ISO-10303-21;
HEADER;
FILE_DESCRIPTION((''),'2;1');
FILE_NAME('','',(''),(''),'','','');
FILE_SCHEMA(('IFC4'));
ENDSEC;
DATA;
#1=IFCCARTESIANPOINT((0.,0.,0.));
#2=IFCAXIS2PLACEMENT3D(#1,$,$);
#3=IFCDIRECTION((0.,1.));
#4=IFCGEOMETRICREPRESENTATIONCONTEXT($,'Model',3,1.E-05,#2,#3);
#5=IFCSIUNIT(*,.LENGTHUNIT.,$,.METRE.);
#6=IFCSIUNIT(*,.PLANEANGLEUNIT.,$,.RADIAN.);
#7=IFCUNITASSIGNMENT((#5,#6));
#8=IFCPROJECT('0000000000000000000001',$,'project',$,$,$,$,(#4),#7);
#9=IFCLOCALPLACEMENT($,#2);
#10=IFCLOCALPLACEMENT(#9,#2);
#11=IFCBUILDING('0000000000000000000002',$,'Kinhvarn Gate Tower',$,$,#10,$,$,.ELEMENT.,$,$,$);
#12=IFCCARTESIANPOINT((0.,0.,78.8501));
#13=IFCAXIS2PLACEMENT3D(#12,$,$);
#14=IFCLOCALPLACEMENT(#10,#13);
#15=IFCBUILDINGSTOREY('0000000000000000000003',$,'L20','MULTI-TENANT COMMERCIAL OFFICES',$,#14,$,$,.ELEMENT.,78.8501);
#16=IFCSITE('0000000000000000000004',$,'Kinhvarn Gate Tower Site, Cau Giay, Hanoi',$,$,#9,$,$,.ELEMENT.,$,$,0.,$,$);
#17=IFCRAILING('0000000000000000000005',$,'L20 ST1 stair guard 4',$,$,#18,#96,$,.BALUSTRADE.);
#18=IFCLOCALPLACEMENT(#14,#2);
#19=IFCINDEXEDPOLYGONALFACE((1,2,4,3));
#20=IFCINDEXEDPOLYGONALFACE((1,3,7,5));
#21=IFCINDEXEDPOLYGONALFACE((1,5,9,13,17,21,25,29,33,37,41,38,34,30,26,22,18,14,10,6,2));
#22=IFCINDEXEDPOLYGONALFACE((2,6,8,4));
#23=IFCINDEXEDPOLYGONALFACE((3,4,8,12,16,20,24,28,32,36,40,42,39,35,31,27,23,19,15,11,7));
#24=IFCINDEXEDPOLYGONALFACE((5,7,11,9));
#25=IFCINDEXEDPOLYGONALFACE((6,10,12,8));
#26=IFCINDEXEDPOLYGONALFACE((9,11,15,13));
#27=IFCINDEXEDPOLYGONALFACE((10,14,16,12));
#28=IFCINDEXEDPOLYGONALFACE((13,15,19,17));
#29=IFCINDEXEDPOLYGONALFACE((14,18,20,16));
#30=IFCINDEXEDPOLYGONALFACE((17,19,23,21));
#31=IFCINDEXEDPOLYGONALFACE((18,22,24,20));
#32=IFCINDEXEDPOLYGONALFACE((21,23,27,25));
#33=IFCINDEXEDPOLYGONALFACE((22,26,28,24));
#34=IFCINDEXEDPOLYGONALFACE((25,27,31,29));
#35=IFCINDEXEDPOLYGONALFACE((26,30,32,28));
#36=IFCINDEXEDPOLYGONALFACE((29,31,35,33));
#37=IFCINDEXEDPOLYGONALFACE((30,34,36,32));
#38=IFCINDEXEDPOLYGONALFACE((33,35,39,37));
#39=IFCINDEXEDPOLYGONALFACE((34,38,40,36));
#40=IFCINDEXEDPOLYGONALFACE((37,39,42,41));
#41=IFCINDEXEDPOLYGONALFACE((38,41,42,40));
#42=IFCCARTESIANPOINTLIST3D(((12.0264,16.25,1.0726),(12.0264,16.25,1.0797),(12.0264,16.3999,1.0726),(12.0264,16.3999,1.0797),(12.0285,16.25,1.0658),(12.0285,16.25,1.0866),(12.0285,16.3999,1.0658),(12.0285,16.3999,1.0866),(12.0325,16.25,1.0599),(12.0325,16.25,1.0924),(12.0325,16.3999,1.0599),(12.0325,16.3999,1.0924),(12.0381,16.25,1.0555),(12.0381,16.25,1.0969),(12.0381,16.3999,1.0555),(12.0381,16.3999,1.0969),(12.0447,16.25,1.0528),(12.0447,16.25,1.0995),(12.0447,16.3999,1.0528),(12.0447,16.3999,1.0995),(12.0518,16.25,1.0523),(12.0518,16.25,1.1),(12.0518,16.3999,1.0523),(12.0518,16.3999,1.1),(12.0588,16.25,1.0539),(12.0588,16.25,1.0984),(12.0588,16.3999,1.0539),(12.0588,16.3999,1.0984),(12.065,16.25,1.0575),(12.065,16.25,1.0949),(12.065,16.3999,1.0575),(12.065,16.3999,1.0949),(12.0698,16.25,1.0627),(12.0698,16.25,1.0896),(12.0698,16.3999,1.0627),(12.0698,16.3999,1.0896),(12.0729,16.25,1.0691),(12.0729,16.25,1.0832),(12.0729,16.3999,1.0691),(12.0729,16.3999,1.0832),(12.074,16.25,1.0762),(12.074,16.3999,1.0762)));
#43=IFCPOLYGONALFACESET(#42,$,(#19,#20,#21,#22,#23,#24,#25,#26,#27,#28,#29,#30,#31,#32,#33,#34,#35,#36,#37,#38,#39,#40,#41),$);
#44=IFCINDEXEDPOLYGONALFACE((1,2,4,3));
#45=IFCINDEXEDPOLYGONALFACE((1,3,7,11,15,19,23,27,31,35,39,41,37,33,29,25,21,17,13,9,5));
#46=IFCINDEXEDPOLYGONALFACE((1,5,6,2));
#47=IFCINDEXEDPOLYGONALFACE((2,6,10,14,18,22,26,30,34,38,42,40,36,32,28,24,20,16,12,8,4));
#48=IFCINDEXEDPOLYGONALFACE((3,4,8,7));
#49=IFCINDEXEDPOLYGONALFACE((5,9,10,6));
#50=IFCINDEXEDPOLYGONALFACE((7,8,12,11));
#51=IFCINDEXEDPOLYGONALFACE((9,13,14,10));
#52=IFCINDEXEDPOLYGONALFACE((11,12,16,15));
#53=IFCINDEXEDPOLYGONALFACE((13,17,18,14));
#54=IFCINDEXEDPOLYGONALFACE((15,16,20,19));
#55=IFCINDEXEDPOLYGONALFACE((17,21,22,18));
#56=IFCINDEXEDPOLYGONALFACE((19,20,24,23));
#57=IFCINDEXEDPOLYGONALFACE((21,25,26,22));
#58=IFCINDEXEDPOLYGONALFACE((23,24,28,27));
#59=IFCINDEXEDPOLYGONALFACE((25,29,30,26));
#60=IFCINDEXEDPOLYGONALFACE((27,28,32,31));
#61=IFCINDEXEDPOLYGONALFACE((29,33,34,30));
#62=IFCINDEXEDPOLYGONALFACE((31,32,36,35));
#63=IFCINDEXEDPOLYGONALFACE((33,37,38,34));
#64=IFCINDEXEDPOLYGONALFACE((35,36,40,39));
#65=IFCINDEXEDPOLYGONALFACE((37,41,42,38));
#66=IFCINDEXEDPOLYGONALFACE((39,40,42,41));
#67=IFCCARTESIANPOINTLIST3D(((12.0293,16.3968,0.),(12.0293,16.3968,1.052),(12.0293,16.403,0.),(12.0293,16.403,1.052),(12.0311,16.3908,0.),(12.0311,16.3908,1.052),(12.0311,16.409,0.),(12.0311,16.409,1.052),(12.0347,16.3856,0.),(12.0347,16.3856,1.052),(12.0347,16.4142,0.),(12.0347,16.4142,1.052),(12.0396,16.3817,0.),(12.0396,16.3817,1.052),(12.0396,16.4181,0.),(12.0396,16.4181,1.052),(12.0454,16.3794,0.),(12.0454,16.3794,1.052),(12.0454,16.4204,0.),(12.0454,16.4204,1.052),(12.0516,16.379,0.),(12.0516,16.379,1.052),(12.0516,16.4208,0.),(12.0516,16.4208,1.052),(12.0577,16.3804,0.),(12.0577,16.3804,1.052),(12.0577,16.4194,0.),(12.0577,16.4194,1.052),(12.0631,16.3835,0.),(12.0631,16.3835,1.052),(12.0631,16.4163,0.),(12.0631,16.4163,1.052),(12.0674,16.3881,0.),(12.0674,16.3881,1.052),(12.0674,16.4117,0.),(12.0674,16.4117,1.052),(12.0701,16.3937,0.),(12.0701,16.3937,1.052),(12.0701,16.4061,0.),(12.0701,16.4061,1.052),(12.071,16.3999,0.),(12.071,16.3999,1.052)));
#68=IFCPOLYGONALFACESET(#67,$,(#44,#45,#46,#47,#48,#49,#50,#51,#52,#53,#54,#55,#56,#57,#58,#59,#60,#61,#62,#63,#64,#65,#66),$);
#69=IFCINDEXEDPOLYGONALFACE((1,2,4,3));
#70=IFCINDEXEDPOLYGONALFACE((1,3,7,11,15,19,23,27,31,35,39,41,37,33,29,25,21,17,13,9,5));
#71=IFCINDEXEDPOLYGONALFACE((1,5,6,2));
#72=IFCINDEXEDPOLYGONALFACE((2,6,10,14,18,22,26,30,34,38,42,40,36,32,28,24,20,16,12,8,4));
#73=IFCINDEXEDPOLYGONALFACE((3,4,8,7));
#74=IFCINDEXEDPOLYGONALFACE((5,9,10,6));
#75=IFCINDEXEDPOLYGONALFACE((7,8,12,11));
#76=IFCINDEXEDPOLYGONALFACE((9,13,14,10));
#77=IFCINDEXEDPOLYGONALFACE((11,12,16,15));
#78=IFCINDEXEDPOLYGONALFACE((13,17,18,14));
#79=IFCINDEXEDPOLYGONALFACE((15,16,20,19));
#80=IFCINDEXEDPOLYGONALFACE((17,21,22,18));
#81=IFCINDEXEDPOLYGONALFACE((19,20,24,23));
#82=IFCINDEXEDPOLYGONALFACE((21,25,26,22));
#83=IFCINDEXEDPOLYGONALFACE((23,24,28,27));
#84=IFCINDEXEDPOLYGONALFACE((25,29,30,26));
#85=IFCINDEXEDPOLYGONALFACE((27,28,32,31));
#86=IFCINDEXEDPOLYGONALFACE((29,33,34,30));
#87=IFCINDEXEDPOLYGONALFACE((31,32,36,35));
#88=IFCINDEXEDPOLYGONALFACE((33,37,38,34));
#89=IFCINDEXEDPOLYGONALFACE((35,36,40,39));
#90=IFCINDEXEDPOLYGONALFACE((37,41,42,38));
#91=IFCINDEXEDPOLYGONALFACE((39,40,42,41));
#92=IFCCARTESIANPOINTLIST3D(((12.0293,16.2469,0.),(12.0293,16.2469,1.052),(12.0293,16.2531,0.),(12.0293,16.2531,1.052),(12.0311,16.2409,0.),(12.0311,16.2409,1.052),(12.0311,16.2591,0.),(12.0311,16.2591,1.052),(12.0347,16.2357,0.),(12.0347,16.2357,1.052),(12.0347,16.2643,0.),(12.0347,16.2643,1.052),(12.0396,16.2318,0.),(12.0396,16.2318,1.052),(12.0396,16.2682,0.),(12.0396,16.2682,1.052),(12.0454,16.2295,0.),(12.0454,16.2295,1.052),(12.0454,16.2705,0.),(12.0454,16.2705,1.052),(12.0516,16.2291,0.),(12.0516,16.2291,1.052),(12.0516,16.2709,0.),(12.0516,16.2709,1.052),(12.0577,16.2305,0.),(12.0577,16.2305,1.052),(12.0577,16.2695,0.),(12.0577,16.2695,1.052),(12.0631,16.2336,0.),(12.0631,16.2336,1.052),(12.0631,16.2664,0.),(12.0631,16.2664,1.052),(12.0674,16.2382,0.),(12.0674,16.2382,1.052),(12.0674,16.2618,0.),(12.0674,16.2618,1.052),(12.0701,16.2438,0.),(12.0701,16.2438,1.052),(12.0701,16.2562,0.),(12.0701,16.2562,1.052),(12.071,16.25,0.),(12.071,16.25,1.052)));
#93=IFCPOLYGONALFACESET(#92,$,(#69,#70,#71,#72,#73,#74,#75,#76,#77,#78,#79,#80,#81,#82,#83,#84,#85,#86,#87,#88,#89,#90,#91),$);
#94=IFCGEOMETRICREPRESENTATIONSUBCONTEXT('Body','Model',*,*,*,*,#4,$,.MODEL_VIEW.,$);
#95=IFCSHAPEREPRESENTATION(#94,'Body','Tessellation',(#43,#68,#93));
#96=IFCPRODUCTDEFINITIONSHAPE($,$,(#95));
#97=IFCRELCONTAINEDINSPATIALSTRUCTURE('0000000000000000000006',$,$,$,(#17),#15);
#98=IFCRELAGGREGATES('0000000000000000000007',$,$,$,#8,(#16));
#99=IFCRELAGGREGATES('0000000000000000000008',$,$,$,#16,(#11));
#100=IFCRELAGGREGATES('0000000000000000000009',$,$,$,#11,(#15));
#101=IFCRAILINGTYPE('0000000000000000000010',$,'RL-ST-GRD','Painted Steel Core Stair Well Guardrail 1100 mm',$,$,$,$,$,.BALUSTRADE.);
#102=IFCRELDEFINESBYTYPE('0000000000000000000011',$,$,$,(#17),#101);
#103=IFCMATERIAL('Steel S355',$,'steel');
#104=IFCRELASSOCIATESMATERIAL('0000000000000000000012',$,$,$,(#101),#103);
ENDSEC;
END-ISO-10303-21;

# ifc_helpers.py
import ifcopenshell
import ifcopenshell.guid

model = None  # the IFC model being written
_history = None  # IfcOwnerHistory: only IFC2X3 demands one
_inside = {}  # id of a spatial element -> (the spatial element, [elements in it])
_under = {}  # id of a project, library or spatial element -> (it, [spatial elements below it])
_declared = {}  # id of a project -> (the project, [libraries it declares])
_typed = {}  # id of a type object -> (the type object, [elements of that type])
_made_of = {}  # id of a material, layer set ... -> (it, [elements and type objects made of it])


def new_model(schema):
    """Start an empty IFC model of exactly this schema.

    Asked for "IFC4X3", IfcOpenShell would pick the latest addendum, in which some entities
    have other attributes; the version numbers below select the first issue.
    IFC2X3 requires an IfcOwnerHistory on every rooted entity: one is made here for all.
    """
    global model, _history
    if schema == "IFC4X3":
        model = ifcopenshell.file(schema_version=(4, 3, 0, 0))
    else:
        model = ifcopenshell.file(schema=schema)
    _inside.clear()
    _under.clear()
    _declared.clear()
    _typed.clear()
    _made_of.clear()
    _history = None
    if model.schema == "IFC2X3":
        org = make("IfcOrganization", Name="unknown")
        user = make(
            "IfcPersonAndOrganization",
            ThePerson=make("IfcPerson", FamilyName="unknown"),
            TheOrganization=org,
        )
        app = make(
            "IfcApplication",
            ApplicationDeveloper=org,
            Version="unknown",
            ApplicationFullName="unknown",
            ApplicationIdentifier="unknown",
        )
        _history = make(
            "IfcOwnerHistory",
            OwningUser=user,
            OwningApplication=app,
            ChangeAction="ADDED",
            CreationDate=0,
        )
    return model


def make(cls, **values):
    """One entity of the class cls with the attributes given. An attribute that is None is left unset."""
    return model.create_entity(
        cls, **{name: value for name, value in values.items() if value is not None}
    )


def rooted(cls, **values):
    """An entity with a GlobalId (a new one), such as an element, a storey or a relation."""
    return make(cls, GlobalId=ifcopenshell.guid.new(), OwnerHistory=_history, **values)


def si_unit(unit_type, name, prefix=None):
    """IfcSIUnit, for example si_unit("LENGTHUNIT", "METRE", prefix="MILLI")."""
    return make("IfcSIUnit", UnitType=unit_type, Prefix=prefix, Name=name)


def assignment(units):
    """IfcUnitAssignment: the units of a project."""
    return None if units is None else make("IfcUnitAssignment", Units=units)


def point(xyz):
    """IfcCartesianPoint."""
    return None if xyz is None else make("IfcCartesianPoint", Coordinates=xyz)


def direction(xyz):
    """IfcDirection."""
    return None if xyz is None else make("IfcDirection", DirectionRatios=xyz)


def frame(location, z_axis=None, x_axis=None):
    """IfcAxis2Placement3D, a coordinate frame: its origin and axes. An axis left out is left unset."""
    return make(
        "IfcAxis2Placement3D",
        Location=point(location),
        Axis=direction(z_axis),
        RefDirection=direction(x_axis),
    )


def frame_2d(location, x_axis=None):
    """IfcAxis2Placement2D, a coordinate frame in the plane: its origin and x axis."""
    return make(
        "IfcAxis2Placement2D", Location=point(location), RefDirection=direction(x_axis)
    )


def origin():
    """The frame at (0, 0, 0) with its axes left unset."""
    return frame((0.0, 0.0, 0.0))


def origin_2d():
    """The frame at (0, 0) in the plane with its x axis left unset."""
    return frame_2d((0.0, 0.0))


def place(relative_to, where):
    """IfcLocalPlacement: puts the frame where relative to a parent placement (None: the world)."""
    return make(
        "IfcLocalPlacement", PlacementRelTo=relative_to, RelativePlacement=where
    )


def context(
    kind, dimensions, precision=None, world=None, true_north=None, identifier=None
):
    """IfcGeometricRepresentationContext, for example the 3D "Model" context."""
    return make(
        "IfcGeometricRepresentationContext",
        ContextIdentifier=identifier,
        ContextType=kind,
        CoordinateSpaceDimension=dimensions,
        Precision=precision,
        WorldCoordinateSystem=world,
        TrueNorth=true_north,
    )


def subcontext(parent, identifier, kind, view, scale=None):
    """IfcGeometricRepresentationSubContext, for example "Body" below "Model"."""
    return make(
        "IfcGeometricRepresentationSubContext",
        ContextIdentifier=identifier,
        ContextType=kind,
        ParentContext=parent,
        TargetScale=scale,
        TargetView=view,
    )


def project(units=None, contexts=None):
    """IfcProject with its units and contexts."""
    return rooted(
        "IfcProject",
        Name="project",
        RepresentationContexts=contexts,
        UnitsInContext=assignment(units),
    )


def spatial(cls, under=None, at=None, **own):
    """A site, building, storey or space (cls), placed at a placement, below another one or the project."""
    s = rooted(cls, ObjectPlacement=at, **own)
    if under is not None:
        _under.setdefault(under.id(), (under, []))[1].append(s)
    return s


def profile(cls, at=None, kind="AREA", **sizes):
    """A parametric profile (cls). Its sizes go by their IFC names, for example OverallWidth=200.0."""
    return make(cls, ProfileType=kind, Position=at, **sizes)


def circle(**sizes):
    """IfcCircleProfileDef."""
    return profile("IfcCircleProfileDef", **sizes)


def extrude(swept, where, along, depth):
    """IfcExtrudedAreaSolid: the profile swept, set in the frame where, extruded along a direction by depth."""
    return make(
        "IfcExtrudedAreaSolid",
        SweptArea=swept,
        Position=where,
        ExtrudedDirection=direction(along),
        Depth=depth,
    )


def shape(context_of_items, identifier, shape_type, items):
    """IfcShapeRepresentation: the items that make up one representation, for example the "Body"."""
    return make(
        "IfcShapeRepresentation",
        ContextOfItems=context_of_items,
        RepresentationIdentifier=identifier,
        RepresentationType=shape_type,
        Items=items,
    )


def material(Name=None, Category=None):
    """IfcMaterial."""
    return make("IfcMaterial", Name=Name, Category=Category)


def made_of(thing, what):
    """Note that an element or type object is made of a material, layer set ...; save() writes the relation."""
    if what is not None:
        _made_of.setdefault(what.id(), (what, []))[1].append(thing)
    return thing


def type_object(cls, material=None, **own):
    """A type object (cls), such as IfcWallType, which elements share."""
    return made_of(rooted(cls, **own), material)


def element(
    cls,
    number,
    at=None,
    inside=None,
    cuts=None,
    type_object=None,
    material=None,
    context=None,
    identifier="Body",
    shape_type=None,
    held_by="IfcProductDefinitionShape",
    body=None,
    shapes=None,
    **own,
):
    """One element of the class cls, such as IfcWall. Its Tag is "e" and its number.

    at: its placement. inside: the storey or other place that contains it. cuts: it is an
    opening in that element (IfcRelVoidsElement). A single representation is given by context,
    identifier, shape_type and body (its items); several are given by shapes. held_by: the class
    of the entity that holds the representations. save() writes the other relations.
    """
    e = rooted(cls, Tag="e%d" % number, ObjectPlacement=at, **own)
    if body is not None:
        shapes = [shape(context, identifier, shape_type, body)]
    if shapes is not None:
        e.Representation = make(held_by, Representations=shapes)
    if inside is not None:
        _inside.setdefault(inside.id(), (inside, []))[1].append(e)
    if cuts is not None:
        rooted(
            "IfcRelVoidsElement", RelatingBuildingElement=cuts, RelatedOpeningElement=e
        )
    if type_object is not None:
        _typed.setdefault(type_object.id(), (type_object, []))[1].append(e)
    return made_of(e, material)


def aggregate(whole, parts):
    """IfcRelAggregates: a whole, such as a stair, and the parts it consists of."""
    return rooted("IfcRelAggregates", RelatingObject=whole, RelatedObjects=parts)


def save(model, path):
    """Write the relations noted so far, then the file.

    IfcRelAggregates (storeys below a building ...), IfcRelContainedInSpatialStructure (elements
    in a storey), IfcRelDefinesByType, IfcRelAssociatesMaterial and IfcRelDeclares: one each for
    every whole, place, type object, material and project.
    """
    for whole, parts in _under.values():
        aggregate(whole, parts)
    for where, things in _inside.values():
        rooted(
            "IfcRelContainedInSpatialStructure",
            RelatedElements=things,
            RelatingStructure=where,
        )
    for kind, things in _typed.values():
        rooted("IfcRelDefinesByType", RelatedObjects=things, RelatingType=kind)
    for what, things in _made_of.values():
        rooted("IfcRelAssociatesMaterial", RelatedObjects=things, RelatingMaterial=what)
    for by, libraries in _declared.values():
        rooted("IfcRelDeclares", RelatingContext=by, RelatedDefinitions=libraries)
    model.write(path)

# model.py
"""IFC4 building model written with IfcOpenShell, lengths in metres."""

from ifc_helpers import new_model, si_unit, direction, frame, origin, origin_2d, place, context, subcontext, project, spatial, circle, extrude, material, type_object, element, save


model = new_model("IFC4")

# Units and contexts
model_context = context("Model", 3, precision=1e-05, world=origin(), true_north=direction((0.0, 1.0)))
body_context = subcontext(model_context, "Body", "Model", "MODEL_VIEW")
ifc_project = project(units=[si_unit("LENGTHUNIT", "METRE"), si_unit("PLANEANGLEUNIT", "RADIAN")], contexts=[model_context])

# Site, building, storey
site_placement = place(None, origin())
site = spatial("IfcSite", under=ifc_project, at=site_placement, Name="Kinhvarn Gate Tower Site, Cau Giay, Hanoi", CompositionType="ELEMENT", RefElevation=0.0)
building_placement = place(site_placement, origin())
building = spatial("IfcBuilding", under=site, at=building_placement, Name="Kinhvarn Gate Tower", CompositionType="ELEMENT")
storey_placement = place(building_placement, frame((0.0, 0.0, 78.8501)))
storey = spatial("IfcBuildingStorey", under=building, at=storey_placement, Name="L20", Description="MULTI-TENANT COMMERCIAL OFFICES", CompositionType="ELEMENT", Elevation=78.8501)

# Shared definitions
ifc_material_1 = material(Name="Steel S355", Category="steel")

# Railing
railing_type_1 = type_object("IfcRailingType", Name="RL-ST-GRD", Description="Painted Steel Core Stair Well Guardrail 1100 mm", PredefinedType="BALUSTRADE", material=ifc_material_1)
railing_1_placement = place(storey_placement, frame((12.05, 16.3999, 0.0)))
element("IfcRailing", 1, at=railing_1_placement, inside=storey, type_object=railing_type_1, Name="L20 ST1 stair guard 4", PredefinedType="BALUSTRADE", context=body_context, shape_type="SweptSolid", body=[
    extrude(circle(Radius=0.0239, at=origin_2d()), frame((0.0, 0.0, 1.0762), z_axis=(0.0, -1.0, 0.0), x_axis=(1.0, 0.0, 0.0)), (0.0, 0.0, 1.0), 0.1499),
    extrude(circle(Radius=0.021, at=origin_2d()), origin(), (0.0, 0.0, 1.0), 1.052),
    extrude(circle(Radius=0.021, at=origin_2d()), frame((0.0, -0.1499, 0.0)), (0.0, 0.0, 1.0), 1.052),
])

save(model, "model.ifc")
